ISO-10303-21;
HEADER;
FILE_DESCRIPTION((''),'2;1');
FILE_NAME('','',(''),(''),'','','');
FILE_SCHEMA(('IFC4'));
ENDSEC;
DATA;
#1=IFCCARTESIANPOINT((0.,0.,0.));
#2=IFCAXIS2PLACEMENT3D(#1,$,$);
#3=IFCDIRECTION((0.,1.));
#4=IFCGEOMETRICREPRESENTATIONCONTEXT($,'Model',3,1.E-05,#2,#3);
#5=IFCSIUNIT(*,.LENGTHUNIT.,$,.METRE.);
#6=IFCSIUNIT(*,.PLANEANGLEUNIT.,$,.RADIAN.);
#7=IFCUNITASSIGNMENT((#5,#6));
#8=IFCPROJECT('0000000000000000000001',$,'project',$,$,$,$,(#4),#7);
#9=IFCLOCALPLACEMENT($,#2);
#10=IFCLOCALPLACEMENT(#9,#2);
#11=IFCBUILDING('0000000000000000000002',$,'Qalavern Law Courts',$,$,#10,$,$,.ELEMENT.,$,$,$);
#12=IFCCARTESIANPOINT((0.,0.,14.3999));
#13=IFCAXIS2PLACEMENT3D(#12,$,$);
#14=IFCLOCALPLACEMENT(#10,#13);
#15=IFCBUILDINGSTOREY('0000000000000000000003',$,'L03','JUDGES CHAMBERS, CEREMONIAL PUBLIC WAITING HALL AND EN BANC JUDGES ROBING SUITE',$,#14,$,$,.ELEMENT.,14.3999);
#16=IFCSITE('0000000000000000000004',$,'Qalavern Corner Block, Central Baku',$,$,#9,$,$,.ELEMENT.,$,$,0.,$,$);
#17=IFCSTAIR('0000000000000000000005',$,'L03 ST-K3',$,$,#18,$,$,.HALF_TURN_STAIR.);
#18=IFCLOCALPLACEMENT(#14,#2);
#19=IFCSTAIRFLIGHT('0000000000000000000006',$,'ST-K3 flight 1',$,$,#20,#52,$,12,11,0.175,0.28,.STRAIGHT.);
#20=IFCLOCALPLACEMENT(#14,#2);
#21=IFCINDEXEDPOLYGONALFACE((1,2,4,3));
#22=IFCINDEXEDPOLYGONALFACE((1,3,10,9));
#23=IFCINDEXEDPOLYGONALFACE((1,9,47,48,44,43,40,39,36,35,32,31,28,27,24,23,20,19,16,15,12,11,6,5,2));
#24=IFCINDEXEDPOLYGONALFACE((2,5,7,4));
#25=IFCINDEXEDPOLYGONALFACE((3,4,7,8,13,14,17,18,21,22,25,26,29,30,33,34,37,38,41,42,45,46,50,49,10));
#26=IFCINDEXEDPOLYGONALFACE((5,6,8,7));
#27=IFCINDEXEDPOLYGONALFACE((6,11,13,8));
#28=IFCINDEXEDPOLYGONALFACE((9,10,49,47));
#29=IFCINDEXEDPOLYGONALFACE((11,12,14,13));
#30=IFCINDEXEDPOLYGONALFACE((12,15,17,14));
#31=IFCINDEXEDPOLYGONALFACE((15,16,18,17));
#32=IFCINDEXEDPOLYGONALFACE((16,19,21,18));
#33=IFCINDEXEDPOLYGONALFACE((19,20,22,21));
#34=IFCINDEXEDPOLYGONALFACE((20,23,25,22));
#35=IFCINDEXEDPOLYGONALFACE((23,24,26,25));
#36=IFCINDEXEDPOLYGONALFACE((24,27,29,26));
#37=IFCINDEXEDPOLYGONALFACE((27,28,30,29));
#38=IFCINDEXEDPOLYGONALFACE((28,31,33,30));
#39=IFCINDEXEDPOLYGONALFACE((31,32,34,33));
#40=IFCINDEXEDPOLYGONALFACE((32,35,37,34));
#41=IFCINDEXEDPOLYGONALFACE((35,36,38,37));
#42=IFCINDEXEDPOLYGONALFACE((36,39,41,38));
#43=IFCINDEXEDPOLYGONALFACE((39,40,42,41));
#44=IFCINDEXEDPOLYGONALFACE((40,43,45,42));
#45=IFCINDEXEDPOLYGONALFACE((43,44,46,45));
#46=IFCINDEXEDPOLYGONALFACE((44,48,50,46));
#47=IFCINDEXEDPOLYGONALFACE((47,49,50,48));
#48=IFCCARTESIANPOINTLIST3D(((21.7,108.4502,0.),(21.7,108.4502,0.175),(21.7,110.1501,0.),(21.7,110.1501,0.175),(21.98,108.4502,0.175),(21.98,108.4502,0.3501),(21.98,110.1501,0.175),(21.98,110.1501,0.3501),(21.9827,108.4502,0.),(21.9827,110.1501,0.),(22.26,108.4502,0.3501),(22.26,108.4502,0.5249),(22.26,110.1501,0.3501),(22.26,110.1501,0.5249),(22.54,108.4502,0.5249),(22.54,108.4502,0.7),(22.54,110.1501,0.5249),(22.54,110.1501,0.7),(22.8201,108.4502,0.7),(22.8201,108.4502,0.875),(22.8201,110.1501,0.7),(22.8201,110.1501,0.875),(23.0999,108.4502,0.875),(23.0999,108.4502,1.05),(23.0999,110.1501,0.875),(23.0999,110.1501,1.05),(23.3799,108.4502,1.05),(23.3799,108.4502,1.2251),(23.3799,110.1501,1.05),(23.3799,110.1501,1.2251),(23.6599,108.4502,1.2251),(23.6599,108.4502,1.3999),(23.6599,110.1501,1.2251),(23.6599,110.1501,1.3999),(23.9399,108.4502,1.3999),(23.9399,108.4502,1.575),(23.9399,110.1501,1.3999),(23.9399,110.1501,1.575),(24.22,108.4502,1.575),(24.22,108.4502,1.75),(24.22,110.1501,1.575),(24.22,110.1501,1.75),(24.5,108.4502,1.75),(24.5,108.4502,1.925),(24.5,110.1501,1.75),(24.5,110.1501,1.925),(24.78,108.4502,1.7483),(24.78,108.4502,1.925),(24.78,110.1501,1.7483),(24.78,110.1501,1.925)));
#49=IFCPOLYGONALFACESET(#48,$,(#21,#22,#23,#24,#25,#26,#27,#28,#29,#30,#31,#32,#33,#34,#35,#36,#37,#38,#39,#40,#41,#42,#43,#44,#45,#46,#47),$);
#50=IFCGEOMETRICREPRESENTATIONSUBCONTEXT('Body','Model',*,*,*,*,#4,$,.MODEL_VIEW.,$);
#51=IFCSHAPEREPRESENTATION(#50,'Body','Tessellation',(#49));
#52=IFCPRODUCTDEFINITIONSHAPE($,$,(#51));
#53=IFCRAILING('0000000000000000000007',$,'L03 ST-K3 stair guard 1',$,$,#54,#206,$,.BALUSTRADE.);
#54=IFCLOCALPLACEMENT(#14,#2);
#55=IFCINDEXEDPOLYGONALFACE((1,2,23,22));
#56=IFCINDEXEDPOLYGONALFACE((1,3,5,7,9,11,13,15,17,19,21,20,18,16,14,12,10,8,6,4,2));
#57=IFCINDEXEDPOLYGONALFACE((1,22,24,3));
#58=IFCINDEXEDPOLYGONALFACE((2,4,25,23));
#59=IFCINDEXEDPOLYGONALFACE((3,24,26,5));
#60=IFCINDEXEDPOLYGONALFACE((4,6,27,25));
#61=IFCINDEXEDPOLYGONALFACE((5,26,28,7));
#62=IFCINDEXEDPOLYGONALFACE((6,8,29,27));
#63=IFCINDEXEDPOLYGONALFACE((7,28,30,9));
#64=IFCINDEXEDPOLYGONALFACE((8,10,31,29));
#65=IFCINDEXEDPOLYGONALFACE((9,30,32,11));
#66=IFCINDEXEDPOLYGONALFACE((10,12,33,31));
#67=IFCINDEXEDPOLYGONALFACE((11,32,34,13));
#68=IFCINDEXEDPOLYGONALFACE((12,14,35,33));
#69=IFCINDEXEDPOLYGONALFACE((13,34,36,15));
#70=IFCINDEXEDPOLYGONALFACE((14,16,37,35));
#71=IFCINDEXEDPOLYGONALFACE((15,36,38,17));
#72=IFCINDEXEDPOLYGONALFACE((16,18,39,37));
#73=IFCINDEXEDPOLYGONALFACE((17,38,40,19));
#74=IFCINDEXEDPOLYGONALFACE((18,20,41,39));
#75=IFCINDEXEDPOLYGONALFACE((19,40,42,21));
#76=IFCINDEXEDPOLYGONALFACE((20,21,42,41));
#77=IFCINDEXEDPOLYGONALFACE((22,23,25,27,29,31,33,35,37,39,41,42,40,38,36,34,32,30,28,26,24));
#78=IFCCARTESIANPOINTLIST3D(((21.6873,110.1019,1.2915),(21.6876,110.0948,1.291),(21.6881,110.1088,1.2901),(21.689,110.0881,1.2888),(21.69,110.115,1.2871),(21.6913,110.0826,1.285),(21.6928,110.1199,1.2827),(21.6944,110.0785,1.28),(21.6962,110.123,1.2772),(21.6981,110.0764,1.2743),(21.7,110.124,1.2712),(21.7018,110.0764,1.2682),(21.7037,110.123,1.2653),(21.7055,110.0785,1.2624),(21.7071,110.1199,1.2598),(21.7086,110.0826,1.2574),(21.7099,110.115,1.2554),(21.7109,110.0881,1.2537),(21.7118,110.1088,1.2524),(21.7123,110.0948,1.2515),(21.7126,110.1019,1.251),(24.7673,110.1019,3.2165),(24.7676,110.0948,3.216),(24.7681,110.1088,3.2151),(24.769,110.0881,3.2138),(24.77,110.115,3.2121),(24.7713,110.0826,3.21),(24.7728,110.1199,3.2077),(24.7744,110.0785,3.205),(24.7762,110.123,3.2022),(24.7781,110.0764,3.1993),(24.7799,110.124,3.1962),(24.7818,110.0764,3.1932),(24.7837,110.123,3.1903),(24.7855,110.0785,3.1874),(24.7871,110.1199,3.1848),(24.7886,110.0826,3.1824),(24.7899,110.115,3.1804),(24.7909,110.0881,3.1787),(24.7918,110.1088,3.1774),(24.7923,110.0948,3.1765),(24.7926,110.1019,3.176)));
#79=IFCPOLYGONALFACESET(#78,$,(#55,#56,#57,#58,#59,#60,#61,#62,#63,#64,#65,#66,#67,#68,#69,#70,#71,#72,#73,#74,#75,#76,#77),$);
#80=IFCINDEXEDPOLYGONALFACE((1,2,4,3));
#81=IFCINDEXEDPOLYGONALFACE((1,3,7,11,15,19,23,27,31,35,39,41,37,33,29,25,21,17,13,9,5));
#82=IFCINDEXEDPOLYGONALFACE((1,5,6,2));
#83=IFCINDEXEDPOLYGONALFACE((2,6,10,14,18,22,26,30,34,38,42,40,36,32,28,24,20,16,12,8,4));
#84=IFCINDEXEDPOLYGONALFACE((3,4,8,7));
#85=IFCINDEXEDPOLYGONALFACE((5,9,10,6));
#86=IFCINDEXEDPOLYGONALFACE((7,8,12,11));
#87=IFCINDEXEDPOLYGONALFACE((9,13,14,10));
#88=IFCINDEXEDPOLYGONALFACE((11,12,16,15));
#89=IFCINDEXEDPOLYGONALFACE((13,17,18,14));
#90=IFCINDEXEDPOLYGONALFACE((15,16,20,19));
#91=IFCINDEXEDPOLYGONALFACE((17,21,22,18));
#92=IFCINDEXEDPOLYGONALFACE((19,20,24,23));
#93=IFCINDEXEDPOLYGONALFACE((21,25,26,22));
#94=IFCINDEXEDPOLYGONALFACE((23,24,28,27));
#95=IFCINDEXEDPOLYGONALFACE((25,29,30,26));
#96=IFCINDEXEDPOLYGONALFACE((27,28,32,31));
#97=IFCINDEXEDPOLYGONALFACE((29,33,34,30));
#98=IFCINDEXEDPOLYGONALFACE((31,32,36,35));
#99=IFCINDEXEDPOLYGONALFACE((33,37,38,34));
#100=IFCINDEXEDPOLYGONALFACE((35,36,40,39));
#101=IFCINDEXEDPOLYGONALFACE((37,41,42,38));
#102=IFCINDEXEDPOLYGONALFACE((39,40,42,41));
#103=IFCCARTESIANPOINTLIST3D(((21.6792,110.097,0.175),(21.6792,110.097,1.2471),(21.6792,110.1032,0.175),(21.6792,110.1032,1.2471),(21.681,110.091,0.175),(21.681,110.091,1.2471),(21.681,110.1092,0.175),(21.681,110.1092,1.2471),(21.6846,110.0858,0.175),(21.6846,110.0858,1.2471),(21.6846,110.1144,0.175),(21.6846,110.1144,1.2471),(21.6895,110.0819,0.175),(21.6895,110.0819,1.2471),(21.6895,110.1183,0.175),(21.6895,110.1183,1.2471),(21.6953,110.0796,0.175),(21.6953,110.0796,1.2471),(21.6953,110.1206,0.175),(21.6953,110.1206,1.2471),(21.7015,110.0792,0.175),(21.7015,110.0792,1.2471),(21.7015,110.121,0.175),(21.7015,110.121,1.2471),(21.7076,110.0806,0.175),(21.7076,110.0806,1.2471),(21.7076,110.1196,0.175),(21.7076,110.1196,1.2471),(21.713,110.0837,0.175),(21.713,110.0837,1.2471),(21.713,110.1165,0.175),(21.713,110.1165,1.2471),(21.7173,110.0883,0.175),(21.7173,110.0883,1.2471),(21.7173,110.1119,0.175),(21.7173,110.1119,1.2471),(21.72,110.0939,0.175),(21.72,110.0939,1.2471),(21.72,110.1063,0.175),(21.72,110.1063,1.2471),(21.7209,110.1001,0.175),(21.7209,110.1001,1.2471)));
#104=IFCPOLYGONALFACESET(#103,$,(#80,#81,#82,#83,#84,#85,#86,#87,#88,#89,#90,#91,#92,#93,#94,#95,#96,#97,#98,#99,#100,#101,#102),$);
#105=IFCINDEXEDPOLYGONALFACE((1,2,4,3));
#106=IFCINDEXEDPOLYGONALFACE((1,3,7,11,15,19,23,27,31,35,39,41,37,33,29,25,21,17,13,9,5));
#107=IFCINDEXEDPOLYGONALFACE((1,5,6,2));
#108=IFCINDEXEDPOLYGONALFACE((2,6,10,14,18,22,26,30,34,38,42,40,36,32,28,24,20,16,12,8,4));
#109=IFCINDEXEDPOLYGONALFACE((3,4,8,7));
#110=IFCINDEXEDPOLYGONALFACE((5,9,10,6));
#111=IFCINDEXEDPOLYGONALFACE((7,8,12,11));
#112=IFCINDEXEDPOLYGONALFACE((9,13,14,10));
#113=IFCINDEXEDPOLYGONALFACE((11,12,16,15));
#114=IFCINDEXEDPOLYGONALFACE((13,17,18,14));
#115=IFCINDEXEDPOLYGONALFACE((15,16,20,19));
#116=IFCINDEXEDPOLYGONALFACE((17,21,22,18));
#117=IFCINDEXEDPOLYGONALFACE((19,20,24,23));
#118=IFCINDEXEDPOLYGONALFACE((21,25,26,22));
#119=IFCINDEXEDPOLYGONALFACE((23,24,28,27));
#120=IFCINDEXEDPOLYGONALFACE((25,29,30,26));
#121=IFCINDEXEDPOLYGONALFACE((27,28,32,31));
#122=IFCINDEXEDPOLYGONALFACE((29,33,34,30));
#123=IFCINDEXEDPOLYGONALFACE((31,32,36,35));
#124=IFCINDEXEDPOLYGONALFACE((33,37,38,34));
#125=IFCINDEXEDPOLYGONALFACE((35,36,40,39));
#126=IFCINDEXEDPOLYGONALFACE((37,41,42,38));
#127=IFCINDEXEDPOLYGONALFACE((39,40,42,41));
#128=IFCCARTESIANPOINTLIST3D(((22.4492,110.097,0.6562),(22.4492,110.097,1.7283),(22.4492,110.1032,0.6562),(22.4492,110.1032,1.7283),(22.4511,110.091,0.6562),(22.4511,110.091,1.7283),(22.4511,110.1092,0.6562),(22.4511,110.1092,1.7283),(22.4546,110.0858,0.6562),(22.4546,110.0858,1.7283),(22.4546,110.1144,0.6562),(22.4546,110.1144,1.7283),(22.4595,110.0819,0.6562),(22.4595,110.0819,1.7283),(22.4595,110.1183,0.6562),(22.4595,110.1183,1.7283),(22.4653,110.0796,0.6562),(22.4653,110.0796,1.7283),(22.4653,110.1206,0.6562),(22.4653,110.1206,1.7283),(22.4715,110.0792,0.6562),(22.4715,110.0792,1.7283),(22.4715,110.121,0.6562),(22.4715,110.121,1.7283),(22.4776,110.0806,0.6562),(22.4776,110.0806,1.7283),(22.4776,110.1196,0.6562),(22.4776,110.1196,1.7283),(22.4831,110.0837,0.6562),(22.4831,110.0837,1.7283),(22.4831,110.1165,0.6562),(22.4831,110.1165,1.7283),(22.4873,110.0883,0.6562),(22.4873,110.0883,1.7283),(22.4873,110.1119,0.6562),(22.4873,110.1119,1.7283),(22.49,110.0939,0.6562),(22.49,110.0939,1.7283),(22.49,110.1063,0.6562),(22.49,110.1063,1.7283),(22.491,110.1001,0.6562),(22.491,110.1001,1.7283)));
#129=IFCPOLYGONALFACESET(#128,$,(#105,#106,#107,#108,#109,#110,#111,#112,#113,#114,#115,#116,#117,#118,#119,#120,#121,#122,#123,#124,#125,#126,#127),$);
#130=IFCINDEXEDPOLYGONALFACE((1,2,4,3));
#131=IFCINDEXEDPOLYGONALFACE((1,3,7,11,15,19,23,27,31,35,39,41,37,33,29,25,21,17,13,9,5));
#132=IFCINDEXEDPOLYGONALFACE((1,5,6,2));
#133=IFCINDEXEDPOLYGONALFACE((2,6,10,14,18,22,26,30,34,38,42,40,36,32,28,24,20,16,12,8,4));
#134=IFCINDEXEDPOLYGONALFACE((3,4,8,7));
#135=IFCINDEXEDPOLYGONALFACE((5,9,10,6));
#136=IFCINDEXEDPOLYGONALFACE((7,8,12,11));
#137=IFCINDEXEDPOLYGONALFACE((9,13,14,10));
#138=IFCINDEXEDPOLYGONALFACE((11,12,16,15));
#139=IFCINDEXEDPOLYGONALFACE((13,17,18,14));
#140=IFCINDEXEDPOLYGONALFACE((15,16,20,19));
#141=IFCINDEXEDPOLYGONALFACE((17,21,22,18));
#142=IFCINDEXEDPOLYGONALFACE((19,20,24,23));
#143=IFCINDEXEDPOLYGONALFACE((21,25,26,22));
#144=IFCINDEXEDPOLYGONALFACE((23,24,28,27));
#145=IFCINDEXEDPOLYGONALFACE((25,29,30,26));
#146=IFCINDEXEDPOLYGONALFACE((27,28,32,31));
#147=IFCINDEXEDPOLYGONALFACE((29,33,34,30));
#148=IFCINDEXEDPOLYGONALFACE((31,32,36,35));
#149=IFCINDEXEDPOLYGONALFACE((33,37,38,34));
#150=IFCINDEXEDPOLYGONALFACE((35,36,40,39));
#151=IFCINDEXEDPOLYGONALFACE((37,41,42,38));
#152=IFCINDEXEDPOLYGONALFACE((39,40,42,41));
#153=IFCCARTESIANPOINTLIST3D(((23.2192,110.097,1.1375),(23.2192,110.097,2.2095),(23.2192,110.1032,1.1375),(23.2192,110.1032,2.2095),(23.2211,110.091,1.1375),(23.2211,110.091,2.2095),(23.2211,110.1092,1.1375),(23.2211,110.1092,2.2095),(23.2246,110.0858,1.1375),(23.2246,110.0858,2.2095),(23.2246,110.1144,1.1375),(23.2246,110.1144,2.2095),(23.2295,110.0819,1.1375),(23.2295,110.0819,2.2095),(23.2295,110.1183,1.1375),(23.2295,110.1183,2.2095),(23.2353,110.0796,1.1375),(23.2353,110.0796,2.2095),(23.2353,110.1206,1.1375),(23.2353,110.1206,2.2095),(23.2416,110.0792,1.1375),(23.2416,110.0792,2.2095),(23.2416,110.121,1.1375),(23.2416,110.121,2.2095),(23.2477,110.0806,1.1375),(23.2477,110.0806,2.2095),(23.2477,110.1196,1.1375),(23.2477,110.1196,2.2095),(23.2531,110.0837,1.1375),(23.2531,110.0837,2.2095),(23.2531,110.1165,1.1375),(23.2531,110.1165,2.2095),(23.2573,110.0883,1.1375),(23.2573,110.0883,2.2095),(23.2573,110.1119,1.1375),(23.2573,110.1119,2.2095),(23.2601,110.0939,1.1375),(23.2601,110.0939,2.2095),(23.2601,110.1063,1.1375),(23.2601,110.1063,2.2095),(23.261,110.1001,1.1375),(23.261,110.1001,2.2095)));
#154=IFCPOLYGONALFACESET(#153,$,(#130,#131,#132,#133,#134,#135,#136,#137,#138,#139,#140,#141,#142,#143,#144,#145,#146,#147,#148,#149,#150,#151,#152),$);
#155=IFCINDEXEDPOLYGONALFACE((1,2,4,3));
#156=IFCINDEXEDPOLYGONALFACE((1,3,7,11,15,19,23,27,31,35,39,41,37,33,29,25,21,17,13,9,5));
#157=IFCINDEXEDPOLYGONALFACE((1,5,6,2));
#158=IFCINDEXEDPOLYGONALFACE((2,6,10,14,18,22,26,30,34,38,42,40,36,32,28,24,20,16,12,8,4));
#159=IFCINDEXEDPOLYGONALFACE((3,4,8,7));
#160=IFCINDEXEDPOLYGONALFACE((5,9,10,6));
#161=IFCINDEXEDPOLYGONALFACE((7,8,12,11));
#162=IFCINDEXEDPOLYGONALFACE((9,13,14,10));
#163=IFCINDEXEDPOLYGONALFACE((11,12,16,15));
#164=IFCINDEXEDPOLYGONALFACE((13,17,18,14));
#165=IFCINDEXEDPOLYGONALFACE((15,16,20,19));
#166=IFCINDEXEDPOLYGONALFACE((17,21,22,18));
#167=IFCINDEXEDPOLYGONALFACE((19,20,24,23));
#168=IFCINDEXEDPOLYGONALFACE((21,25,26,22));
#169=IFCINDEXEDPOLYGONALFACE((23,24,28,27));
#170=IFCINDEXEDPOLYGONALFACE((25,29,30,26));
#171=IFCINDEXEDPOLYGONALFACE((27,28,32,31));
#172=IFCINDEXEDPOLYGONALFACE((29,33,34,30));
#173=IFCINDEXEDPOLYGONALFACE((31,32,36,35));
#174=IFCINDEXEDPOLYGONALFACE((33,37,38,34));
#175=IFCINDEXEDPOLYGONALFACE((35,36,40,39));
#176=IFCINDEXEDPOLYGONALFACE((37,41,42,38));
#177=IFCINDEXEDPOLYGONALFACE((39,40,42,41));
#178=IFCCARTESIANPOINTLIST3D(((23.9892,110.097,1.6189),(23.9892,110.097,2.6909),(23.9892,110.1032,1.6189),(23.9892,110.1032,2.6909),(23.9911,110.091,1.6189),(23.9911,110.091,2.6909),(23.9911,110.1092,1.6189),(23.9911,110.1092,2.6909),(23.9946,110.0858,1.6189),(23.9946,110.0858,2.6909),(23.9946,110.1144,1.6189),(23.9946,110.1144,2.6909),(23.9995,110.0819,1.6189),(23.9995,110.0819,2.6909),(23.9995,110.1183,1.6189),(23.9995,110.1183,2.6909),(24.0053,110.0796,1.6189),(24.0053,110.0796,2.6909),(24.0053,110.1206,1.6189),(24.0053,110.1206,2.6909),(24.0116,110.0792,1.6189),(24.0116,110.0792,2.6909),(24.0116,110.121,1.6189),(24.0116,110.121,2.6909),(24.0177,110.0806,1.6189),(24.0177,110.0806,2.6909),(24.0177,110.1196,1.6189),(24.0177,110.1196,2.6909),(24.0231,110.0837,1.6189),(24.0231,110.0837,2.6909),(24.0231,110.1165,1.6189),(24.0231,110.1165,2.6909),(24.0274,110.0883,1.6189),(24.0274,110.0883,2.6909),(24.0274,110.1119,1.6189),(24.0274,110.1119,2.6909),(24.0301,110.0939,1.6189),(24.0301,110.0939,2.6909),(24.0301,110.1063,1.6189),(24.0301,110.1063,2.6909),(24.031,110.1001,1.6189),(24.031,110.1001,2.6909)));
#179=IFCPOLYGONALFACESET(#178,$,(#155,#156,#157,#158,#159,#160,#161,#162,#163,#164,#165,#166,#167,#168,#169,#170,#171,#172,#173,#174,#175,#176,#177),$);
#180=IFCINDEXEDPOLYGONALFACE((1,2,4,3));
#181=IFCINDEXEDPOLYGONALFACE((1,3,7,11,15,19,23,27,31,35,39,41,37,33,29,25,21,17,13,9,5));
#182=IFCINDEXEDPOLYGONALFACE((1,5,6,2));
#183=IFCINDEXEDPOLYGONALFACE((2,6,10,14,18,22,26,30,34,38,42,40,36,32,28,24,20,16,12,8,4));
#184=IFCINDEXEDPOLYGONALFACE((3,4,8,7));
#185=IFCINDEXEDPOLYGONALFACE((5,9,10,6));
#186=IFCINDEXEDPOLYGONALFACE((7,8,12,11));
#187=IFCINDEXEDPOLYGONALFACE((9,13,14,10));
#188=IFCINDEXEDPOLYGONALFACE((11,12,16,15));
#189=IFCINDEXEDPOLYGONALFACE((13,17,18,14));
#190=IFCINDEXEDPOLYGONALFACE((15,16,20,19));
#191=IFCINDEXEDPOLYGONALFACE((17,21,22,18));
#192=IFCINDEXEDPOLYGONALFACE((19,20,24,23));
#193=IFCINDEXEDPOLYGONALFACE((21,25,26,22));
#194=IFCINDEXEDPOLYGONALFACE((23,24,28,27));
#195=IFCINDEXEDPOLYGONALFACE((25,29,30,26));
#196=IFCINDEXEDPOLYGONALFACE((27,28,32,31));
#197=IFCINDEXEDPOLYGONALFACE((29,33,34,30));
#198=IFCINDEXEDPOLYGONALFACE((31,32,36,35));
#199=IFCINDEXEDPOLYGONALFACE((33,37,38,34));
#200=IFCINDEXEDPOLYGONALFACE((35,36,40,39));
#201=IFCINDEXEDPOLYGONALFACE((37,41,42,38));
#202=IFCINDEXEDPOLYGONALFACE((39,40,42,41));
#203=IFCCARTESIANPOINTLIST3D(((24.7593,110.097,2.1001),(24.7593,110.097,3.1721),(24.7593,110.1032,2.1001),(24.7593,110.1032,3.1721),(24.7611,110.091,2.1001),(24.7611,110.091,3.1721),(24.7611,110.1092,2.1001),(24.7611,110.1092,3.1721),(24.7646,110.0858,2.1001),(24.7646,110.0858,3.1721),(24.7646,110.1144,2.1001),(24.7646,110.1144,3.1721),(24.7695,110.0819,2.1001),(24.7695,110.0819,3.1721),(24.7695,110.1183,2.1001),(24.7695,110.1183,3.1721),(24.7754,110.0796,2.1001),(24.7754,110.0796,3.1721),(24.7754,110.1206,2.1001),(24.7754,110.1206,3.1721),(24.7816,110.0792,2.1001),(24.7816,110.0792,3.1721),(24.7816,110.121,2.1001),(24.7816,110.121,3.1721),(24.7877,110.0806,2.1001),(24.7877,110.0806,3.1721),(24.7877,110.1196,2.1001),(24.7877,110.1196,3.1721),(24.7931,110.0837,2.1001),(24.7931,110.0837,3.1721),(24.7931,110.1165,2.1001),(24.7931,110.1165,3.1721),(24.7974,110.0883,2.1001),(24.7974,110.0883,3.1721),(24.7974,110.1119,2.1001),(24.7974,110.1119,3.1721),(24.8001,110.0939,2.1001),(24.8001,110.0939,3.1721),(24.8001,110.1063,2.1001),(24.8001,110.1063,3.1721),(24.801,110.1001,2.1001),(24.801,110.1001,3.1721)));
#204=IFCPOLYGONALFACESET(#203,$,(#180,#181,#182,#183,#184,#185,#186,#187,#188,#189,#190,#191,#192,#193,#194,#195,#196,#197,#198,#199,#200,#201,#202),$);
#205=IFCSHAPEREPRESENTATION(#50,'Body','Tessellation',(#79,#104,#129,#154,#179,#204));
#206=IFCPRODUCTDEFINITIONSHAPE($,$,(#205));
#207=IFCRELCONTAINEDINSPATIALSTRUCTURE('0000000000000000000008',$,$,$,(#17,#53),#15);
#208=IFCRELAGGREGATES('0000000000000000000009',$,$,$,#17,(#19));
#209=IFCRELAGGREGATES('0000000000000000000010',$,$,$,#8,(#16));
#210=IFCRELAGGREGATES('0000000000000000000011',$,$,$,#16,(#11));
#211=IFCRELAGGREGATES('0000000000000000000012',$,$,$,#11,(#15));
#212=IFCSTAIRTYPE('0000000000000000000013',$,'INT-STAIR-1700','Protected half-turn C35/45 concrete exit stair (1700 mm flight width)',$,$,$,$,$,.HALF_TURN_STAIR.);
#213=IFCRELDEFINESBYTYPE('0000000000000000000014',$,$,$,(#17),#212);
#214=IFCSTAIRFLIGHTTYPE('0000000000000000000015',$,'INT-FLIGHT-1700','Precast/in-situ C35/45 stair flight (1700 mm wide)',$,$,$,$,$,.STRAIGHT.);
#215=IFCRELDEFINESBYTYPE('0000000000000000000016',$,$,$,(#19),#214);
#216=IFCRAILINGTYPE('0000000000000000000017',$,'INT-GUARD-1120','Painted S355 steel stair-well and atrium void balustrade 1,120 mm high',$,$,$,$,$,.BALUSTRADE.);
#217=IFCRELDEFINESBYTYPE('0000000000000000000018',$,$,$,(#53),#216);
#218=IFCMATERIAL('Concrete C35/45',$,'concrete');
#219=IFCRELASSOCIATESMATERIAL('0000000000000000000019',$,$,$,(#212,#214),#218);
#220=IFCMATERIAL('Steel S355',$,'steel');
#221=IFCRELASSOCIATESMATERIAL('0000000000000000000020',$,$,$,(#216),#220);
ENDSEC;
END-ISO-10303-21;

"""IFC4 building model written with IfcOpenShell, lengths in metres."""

from ifc_helpers import new_model, si_unit, direction, frame, origin, origin_2d, place, context, subcontext, project, spatial, polyline, circle, outline, extrude, material, type_object, element, aggregate, save


model = new_model("IFC4")

# Units and contexts
model_context = context("Model", 3, precision=1e-05, world=origin(), true_north=direction((0.0, 1.0)))
body_context = subcontext(model_context, "Body", "Model", "MODEL_VIEW")
ifc_project = project(units=[si_unit("LENGTHUNIT", "METRE"), si_unit("PLANEANGLEUNIT", "RADIAN")], contexts=[model_context])

# Site, building, storey
site_placement = place(None, origin())
site = spatial("IfcSite", under=ifc_project, at=site_placement, Name="Qalavern Corner Block, Central Baku", CompositionType="ELEMENT", RefElevation=0.0)
building_placement = place(site_placement, origin())
building = spatial("IfcBuilding", under=site, at=building_placement, Name="Qalavern Law Courts", CompositionType="ELEMENT")
storey_placement = place(building_placement, frame((0.0, 0.0, 14.3999)))
storey = spatial("IfcBuildingStorey", under=building, at=storey_placement, Name="L03", Description="JUDGES CHAMBERS, CEREMONIAL PUBLIC WAITING HALL AND EN BANC JUDGES ROBING SUITE", CompositionType="ELEMENT", Elevation=14.3999)

# Shared definitions
ifc_material_1 = material(Name="Steel S355", Category="steel")

# Stair, stair flight
ifc_material_2 = material(Name="Concrete C35/45", Category="concrete")
stair_type = type_object("IfcStairType", Name="INT-STAIR-1700", Description="Protected half-turn C35/45 concrete exit stair (1700 mm flight width)", PredefinedType="HALF_TURN_STAIR", material=ifc_material_2)
stair_placement = place(storey_placement, origin())
stair = element("IfcStair", 1, at=stair_placement, inside=storey, type_object=stair_type, Name="L03 ST-K3", PredefinedType="HALF_TURN_STAIR")
stair_flight_type = type_object("IfcStairFlightType", Name="INT-FLIGHT-1700", Description="Precast/in-situ C35/45 stair flight (1700 mm wide)", PredefinedType="STRAIGHT", material=ifc_material_2)
stair_flight_placement = place(storey_placement, frame((21.7, 109.3, 0.0), z_axis=(0.0, 0.0, 1.0), x_axis=(1.0, 0.0, 0.0)))
stair_flight = element("IfcStairFlight", 2, at=stair_flight_placement, type_object=stair_flight_type, Name="ST-K3 flight 1", NumberOfRisers=12, NumberOfTreads=11, PredefinedType="STRAIGHT", RiserHeight=0.175, TreadLength=0.28, context=body_context, shape_type="SweptSolid", body=[
    extrude(outline(polyline([(0.0, 0.0), (0.0, 0.175), (0.28, 0.175), (0.28, 0.3501), (0.5601, 0.3501), (0.5601, 0.5249), (0.8401, 0.5249), (0.8401, 0.7), (1.1201, 0.7), (1.1201, 0.875), (1.3999, 0.875), (1.3999, 1.05), (1.6799, 1.05), (1.6799, 1.2251), (1.96, 1.2251), (1.96, 1.3999), (2.24, 1.3999), (2.24, 1.575), (2.52, 1.575), (2.52, 1.75), (2.8, 1.75), (2.8, 1.925), (3.0801, 1.925), (3.0801, 2.1001), (3.0801, 1.7483), (0.2827, 0.0), (0.0, 0.0)])), frame((0.0, 0.8501, 0.0), z_axis=(0.0, -1.0, 0.0), x_axis=(1.0, 0.0, 0.0)), (0.0, 0.0, 1.0), 1.7),
])
aggregate(stair, [stair_flight])

# Railing
railing_type_1 = type_object("IfcRailingType", Name="INT-GUARD-1120", Description="Painted S355 steel stair-well and atrium void balustrade 1,120 mm high", PredefinedType="BALUSTRADE", material=ifc_material_1)
railing_1_placement = place(storey_placement, frame((21.7, 110.1001, 0.175)))
element("IfcRailing", 3, at=railing_1_placement, inside=storey, type_object=railing_type_1, Name="L03 ST-K3 stair guard 1", PredefinedType="BALUSTRADE", context=body_context, shape_type="SweptSolid", body=[
    extrude(circle(Radius=0.0239, at=origin_2d()), frame((0.0, 0.0, 1.0962), z_axis=(0.847998, 0.0, 0.529999), x_axis=(0.0, 1.0, 0.0)), (0.0, 0.0, 1.0), 3.6321),
    extrude(circle(Radius=0.021, at=origin_2d()), origin(), (0.0, 0.0, 1.0), 1.072),
    extrude(circle(Radius=0.021, at=origin_2d()), frame((0.77, 0.0, 0.4812)), (0.0, 0.0, 1.0), 1.072),
    extrude(circle(Radius=0.021, at=origin_2d()), frame((1.54, 0.0, 0.9624)), (0.0, 0.0, 1.0), 1.072),
    extrude(circle(Radius=0.021, at=origin_2d()), frame((2.3101, 0.0, 1.4438)), (0.0, 0.0, 1.0), 1.072),
    extrude(circle(Radius=0.021, at=origin_2d()), frame((3.0801, 0.0, 1.925)), (0.0, 0.0, 1.0), 1.072),
])

save(model, "model.ifc")
